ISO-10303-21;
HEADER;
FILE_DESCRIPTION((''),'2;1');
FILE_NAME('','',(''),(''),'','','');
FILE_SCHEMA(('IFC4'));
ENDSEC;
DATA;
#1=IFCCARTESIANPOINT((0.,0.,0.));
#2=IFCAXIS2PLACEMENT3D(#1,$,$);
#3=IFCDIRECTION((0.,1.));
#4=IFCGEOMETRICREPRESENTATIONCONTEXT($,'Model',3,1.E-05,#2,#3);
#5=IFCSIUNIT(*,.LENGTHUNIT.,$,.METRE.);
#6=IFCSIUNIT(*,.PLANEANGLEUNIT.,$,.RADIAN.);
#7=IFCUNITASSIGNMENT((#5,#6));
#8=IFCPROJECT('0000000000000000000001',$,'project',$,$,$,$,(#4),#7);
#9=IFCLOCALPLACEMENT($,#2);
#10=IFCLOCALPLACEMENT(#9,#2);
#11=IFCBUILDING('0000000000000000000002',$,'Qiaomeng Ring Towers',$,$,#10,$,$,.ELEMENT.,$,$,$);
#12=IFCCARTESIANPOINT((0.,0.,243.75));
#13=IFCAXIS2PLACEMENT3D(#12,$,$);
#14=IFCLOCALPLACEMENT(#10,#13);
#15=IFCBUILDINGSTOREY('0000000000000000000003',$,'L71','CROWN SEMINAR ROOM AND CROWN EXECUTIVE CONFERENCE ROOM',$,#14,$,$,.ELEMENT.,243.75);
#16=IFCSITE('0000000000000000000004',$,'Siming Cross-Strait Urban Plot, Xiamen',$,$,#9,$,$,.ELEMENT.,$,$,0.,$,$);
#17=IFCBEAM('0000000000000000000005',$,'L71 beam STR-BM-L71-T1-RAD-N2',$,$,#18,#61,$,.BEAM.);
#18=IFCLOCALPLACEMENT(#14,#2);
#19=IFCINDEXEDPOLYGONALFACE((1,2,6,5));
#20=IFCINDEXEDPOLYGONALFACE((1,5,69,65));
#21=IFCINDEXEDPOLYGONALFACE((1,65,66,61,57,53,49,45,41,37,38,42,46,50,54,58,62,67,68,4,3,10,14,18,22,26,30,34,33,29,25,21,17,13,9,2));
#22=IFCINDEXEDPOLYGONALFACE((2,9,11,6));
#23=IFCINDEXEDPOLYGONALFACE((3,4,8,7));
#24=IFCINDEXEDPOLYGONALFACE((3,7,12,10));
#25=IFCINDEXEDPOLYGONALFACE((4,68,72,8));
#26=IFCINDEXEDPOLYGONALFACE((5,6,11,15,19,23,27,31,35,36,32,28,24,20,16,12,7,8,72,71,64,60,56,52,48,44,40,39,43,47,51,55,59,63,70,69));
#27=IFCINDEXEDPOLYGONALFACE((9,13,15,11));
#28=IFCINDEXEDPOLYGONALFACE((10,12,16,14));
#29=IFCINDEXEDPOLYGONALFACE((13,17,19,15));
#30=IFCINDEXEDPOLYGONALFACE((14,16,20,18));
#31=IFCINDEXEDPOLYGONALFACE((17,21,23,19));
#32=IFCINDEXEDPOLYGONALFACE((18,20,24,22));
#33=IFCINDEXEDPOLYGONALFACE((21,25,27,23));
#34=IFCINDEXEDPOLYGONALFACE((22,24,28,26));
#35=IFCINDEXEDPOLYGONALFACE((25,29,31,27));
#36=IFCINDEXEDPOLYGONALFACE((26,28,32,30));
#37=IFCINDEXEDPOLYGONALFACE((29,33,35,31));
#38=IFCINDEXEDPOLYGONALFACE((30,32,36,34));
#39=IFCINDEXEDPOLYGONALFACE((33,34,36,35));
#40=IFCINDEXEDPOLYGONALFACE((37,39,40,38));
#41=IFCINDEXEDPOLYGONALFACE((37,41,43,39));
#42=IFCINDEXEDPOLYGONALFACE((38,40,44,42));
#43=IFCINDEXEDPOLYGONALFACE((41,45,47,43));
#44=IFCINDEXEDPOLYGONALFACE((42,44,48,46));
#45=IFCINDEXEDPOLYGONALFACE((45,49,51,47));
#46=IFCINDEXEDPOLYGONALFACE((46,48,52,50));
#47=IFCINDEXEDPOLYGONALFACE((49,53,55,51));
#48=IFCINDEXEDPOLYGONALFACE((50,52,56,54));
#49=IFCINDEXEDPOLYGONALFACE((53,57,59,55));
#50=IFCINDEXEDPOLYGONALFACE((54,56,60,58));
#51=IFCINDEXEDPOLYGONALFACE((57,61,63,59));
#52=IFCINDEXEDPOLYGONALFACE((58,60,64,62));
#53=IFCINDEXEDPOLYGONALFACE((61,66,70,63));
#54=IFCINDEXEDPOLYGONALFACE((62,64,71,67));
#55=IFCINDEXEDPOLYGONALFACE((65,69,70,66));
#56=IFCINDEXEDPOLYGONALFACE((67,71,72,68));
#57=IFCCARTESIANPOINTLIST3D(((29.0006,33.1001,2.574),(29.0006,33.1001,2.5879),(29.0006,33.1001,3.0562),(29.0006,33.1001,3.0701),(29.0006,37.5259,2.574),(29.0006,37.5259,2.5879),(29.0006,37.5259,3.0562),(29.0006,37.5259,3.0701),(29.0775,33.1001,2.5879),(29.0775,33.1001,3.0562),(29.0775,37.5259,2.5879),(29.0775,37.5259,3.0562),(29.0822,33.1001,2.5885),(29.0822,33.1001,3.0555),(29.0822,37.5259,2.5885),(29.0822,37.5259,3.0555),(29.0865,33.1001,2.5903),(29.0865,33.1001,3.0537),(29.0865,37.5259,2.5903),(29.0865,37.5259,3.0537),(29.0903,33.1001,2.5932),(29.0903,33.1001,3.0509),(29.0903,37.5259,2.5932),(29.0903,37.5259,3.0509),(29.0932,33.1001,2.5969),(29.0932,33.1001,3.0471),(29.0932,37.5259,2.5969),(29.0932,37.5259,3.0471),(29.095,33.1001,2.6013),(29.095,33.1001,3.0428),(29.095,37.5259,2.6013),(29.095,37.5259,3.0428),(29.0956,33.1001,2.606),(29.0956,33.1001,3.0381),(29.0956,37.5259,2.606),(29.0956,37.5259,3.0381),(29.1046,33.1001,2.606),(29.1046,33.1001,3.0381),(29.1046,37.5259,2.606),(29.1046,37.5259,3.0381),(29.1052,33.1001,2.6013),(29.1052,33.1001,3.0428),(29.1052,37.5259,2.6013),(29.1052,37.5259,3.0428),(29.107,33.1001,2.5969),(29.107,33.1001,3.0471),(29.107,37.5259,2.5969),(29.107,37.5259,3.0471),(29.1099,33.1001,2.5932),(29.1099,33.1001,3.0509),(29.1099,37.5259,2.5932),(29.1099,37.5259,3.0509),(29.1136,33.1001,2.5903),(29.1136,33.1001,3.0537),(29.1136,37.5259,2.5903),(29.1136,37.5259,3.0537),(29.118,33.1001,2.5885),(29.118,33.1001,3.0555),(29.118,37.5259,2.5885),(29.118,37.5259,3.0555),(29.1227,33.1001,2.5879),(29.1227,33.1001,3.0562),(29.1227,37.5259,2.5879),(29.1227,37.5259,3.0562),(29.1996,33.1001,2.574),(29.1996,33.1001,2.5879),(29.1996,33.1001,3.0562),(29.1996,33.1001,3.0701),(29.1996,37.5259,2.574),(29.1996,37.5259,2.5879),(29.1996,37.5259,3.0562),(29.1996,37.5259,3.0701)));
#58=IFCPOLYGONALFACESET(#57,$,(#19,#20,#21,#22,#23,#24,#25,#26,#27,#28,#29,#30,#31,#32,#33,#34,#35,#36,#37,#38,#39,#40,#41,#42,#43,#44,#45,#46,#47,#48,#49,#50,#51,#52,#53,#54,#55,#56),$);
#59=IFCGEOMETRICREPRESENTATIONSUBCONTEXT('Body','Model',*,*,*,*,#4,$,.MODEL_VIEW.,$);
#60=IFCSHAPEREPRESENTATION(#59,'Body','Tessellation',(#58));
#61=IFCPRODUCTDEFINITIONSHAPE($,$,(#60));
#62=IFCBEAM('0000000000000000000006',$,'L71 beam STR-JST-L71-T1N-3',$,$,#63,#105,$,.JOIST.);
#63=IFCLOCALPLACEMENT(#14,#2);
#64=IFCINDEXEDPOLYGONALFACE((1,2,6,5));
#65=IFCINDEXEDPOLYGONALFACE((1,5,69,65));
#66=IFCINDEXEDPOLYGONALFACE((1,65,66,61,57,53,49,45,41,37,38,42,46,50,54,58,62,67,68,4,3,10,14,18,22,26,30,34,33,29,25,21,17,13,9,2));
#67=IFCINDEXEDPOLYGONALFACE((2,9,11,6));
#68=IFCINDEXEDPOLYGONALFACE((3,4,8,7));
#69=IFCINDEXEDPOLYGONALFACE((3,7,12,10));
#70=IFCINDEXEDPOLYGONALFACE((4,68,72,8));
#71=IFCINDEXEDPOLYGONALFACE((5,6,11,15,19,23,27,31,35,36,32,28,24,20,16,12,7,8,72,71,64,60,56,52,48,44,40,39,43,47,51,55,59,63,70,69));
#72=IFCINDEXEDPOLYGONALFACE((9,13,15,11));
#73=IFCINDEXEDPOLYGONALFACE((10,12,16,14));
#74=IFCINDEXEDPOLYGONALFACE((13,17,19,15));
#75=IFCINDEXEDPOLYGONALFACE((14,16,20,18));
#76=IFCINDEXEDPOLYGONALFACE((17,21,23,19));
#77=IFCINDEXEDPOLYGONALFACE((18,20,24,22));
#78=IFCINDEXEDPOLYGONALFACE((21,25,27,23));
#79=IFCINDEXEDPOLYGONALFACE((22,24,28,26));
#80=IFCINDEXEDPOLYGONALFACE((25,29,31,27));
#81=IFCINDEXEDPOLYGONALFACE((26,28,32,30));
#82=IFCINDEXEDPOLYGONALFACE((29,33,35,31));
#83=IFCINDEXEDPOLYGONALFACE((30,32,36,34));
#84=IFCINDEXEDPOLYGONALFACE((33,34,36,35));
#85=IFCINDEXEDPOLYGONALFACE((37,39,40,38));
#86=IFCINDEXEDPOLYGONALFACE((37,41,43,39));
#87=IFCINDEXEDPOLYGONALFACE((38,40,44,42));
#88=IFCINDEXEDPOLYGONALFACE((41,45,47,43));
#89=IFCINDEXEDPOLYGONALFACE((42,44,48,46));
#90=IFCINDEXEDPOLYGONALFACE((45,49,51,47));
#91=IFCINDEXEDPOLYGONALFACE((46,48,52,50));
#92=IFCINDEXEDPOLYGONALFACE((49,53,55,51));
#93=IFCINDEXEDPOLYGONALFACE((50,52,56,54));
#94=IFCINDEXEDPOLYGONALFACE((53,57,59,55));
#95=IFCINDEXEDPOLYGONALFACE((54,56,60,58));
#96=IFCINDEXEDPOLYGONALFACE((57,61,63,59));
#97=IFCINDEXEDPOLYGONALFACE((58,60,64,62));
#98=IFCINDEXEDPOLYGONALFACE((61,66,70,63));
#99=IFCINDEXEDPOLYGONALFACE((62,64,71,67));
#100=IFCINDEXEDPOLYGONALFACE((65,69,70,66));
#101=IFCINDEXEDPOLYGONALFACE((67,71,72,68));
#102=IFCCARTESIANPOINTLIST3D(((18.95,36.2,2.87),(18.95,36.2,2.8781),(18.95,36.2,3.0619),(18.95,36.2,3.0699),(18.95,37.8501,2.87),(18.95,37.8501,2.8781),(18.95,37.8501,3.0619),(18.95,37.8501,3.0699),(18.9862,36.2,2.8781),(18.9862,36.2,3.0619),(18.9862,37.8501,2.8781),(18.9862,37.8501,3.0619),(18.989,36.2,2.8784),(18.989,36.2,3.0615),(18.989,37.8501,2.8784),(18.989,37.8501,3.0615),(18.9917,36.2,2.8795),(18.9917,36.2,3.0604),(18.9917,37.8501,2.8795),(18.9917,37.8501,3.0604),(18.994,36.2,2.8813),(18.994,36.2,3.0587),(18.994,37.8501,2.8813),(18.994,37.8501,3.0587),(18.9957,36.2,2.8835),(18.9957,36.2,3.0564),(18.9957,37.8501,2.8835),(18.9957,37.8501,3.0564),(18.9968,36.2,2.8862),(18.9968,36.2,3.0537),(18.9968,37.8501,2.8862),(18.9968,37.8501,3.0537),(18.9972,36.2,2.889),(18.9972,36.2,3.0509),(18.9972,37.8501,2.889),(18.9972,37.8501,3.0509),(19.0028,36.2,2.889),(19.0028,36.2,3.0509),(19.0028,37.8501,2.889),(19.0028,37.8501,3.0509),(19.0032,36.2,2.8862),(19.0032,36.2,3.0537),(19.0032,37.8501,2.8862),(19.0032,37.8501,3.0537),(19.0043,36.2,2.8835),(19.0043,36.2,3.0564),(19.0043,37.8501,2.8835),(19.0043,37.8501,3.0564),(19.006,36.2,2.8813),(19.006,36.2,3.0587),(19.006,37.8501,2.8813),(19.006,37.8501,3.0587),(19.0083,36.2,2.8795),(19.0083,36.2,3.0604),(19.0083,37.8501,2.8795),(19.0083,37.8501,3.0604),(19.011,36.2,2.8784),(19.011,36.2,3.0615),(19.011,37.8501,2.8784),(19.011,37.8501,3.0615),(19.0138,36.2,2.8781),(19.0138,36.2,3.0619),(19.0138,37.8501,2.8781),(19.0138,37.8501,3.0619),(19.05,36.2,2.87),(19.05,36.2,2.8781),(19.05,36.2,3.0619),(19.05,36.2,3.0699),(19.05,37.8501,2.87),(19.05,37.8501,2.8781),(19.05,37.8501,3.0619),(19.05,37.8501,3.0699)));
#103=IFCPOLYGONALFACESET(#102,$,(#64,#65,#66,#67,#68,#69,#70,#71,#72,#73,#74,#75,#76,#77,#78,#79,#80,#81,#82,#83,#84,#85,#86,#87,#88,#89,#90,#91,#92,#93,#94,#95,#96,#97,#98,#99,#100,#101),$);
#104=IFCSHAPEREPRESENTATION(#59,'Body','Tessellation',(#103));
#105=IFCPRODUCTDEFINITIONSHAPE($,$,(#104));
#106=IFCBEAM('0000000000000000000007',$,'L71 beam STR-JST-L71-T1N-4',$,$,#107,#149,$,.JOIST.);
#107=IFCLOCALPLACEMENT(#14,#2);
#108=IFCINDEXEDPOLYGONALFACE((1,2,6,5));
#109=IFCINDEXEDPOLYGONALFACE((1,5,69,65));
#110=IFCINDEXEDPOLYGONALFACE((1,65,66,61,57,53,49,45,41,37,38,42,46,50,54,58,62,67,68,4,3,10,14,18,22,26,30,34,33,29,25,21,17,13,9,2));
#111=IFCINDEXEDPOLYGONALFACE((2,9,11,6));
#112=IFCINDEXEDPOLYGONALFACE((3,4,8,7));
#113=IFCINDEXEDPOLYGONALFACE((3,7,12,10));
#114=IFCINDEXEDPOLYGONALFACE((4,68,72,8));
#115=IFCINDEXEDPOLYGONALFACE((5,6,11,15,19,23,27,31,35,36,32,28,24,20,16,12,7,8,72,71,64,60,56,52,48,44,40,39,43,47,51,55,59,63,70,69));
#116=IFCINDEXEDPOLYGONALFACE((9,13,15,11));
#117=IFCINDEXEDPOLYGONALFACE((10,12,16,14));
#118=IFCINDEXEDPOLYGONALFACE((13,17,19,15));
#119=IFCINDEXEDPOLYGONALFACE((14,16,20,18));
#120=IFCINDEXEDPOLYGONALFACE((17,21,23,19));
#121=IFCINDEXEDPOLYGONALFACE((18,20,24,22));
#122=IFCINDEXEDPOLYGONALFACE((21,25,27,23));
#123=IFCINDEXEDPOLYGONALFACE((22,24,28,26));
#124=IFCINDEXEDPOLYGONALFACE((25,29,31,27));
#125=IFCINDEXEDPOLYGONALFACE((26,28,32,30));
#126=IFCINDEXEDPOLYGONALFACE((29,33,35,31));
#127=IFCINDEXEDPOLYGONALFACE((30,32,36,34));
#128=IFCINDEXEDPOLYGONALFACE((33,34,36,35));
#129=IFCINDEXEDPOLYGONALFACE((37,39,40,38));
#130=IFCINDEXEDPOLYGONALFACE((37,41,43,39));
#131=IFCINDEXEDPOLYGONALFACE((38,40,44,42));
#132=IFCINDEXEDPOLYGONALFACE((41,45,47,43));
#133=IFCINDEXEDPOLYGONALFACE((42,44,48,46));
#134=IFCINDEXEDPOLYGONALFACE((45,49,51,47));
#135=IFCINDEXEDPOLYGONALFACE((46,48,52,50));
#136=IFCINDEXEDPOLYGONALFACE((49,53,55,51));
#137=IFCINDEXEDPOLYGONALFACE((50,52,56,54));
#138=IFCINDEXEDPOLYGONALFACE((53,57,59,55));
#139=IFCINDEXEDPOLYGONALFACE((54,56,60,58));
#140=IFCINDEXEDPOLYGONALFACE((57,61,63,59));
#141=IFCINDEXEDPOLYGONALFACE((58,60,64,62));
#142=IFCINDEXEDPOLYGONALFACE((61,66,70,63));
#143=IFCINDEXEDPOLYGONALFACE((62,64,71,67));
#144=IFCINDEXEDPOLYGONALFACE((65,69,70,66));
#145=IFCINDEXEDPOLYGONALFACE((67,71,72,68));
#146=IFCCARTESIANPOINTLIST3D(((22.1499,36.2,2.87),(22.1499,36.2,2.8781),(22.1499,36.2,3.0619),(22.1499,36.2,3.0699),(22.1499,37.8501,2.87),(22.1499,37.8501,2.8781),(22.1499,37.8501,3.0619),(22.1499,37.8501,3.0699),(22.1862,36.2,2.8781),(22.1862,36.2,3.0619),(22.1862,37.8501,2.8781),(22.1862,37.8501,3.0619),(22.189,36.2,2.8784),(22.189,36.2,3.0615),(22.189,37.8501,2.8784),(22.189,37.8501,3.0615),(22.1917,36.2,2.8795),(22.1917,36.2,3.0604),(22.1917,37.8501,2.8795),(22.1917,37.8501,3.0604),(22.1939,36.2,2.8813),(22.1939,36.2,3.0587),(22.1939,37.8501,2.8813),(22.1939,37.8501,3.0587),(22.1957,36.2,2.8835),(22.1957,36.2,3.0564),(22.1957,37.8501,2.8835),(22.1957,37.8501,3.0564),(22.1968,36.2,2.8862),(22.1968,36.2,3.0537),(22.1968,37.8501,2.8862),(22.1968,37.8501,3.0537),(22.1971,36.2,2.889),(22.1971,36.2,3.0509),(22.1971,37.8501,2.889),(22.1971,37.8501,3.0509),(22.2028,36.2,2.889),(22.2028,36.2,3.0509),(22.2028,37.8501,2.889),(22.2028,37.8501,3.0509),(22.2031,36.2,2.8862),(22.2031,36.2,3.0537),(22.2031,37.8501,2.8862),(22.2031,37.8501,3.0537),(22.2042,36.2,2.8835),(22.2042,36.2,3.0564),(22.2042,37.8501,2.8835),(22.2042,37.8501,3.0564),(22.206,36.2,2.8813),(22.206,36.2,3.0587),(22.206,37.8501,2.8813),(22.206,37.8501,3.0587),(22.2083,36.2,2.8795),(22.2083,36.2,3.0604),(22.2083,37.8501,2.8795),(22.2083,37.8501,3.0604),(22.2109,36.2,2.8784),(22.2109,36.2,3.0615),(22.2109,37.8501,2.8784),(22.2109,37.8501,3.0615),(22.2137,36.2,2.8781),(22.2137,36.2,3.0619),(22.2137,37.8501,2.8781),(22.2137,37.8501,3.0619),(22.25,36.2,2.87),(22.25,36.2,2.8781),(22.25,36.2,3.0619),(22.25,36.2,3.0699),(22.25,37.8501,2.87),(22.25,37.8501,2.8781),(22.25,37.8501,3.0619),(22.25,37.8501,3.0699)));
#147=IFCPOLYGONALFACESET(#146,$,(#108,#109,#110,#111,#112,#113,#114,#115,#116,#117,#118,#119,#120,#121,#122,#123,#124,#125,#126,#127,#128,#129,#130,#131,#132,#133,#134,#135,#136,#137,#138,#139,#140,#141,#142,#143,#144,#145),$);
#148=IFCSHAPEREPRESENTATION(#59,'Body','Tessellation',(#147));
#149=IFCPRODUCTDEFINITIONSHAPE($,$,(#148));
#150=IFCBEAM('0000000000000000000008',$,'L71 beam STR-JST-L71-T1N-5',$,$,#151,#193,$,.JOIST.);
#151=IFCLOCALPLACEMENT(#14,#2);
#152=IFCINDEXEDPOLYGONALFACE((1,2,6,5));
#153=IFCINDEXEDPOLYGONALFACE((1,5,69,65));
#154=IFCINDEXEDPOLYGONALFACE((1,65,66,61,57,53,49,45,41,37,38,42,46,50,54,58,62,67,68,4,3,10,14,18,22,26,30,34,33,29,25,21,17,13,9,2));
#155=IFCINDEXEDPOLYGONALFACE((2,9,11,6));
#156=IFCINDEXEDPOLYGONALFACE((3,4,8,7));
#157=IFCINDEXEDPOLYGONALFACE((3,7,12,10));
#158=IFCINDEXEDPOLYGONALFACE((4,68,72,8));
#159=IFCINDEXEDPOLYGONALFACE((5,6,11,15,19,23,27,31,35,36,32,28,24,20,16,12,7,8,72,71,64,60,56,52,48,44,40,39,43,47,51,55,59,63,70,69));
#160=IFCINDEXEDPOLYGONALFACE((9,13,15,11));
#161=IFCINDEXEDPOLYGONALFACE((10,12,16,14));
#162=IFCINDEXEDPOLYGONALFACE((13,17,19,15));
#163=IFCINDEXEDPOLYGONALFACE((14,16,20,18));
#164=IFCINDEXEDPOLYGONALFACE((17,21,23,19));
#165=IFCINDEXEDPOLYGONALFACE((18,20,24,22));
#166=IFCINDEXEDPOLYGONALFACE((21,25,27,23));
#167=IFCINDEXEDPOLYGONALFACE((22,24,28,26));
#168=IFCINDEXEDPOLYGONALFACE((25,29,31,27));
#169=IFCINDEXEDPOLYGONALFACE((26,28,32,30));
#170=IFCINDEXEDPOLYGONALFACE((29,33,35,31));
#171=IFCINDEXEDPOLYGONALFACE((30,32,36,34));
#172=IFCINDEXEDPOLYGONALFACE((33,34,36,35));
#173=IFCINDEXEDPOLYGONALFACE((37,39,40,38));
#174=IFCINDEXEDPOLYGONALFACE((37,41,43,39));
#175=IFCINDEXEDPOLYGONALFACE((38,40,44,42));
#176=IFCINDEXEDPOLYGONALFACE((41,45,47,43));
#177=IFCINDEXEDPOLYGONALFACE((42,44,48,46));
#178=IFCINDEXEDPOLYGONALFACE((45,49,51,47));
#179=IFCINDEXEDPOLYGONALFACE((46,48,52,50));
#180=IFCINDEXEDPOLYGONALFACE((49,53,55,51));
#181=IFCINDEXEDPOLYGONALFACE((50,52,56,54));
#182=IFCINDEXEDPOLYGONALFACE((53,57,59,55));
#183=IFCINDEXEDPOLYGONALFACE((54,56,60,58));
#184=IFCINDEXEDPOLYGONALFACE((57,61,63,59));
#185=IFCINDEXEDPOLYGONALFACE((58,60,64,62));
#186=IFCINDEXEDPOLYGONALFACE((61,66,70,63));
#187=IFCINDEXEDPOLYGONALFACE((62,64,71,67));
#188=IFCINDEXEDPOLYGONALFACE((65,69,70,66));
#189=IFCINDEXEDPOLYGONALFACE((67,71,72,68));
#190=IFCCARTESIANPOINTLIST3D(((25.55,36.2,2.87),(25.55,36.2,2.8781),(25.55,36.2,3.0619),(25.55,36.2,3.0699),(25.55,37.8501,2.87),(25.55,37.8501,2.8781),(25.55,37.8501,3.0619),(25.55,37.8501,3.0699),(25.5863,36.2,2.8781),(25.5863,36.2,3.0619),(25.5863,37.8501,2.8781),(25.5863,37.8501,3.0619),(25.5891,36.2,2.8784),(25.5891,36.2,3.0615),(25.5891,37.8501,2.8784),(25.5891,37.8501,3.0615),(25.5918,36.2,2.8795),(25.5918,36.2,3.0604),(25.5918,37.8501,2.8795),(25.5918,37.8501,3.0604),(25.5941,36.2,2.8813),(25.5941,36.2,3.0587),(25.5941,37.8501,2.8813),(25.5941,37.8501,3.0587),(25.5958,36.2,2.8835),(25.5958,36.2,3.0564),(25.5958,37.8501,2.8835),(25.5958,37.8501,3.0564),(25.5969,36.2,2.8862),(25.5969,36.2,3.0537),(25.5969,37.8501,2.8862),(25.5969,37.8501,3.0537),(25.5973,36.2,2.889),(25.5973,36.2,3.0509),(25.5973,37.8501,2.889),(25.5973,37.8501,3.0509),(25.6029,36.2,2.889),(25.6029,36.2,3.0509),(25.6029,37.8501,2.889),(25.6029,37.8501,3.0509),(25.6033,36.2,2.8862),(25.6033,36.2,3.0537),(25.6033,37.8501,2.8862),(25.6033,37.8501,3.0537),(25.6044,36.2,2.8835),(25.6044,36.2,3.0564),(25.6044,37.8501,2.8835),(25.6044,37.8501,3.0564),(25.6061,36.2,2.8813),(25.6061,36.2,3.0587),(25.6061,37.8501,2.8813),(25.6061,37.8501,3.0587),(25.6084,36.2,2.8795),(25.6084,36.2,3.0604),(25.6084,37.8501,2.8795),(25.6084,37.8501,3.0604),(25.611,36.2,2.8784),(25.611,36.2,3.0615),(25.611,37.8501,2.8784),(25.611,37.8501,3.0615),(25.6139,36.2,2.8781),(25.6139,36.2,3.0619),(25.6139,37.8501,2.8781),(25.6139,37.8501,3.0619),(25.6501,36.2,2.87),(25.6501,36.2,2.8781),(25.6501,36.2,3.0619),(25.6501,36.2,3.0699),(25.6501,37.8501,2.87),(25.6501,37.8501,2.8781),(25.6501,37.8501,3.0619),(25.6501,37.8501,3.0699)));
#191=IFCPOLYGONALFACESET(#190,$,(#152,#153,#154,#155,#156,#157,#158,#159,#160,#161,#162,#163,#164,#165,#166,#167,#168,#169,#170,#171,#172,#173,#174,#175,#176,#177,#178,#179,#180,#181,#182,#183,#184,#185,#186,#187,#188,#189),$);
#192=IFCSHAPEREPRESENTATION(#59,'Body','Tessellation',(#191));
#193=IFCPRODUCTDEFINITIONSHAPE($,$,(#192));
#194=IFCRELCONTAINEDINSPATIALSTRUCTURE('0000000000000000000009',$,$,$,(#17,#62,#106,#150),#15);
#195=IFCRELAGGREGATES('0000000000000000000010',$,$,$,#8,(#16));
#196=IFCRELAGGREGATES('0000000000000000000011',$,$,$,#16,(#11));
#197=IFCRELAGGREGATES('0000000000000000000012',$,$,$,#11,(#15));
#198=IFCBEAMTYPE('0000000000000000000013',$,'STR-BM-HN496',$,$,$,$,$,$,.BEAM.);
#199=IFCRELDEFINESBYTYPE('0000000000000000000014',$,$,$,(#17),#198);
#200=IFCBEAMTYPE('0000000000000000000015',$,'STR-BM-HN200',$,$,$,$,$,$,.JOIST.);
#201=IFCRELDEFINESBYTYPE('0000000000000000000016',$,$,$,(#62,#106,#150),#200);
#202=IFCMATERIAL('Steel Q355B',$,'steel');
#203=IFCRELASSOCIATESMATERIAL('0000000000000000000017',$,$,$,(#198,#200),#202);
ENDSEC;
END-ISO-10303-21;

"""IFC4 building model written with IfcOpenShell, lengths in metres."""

from ifc_helpers import new_model, si_unit, direction, frame, origin, origin_2d, place, context, subcontext, project, spatial, i_section, extrude, source, transform, mapped, material, material_profile, profile_set, type_object, element, save


model = new_model("IFC4")

# Units and contexts
model_context = context("Model", 3, precision=1e-05, world=origin(), true_north=direction((0.0, 1.0)))
body_context = subcontext(model_context, "Body", "Model", "MODEL_VIEW")
ifc_project = project(units=[si_unit("LENGTHUNIT", "METRE"), si_unit("PLANEANGLEUNIT", "RADIAN")], contexts=[model_context])

# Site, building, storey
site_placement = place(None, origin())
site = spatial("IfcSite", under=ifc_project, at=site_placement, Name="Siming Cross-Strait Urban Plot, Xiamen", CompositionType="ELEMENT", RefElevation=0.0)
building_placement = place(site_placement, origin())
building = spatial("IfcBuilding", under=site, at=building_placement, Name="Qiaomeng Ring Towers", CompositionType="ELEMENT")
storey_placement = place(building_placement, frame((0.0, 0.0, 243.75)))
storey = spatial("IfcBuildingStorey", under=building, at=storey_placement, Name="L71", Description="CROWN SEMINAR ROOM AND CROWN EXECUTIVE CONFERENCE ROOM", CompositionType="ELEMENT", Elevation=243.75)

# Beams
ifc_material_1 = material(Name="Steel Q355B", Category="steel")
ifc_material_profile_1 = material_profile(ifc_material_1, i_section(OverallWidth=0.199, OverallDepth=0.4961, WebThickness=0.009, FlangeThickness=0.0139, FilletRadius=0.0181, at=origin_2d()), Name="HN 496x199x9x14")
ifc_profile_set_1 = profile_set([ifc_material_profile_1], Name="Steel Q355B")
beam_type_1 = type_object("IfcBeamType", Name="STR-BM-HN496", PredefinedType="BEAM", material=ifc_profile_set_1)
shared_shape_1 = source(origin(), body_context, "Body", "SweptSolid", [
    extrude(i_section(OverallWidth=0.199, OverallDepth=0.4961, WebThickness=0.009, FlangeThickness=0.0139, FilletRadius=0.0181, at=origin_2d()), origin(), (0.0, 0.0, 1.0), 4.4258),
])
beam_1_placement = place(storey_placement, frame((29.1001, 37.5259, 2.822), z_axis=(0.0, -1.0, 0.0), x_axis=(1.0, 0.0, 0.0)))
element("IfcBeam", 1, at=beam_1_placement, inside=storey, type_object=beam_type_1, Name="L71 beam STR-BM-L71-T1-RAD-N2", PredefinedType="BEAM", context=body_context, shape_type="MappedRepresentation", body=[
    mapped(shared_shape_1, transform((0.0, 0.0, 0.0), x_axis=(1.0, 0.0, 0.0), y_axis=(0.0, 1.0, 0.0), z_axis=(0.0, 0.0, 1.0), scale=1.0)),
])
ifc_material_profile_2 = material_profile(ifc_material_1, i_section(OverallWidth=0.1001, OverallDepth=0.2, WebThickness=0.0056, FlangeThickness=0.0081, FilletRadius=0.011, at=origin_2d()), Name="HN 200x100x5.5x8")
ifc_profile_set_2 = profile_set([ifc_material_profile_2], Name="Steel Q355B")
beam_type_2 = type_object("IfcBeamType", Name="STR-BM-HN200", PredefinedType="JOIST", material=ifc_profile_set_2)
shared_shape_2 = source(origin(), body_context, "Body", "SweptSolid", [
    extrude(i_section(OverallWidth=0.1001, OverallDepth=0.2, WebThickness=0.0056, FlangeThickness=0.0081, FilletRadius=0.011, at=origin_2d()), origin(), (0.0, 0.0, 1.0), 1.6501),
])
for number, where, z_axis, x_axis, name in (
    (2, (19.0, 36.2, 2.97), (0.0, 1.0, 0.0), (-1.0, 0.0, 0.0), "L71 beam STR-JST-L71-T1N-3"),
    (3, (22.2, 36.2, 2.97), (0.0, 1.0, 0.0), (-1.0, 0.0, 0.0), "L71 beam STR-JST-L71-T1N-4"),
    (4, (25.6001, 36.2, 2.97), (0.0, 1.0, 0.0), (-1.0, 0.0, 0.0), "L71 beam STR-JST-L71-T1N-5"),
):
    element("IfcBeam", number, at=place(storey_placement, frame(where, z_axis=z_axis, x_axis=x_axis)), inside=storey, type_object=beam_type_2, Name=name, PredefinedType="JOIST", context=body_context, shape_type="MappedRepresentation", body=[
        mapped(shared_shape_2, transform((0.0, 0.0, 0.0), x_axis=(1.0, 0.0, 0.0), y_axis=(0.0, 1.0, 0.0), z_axis=(0.0, 0.0, 1.0), scale=1.0)),
    ])

save(model, "model.ifc")
